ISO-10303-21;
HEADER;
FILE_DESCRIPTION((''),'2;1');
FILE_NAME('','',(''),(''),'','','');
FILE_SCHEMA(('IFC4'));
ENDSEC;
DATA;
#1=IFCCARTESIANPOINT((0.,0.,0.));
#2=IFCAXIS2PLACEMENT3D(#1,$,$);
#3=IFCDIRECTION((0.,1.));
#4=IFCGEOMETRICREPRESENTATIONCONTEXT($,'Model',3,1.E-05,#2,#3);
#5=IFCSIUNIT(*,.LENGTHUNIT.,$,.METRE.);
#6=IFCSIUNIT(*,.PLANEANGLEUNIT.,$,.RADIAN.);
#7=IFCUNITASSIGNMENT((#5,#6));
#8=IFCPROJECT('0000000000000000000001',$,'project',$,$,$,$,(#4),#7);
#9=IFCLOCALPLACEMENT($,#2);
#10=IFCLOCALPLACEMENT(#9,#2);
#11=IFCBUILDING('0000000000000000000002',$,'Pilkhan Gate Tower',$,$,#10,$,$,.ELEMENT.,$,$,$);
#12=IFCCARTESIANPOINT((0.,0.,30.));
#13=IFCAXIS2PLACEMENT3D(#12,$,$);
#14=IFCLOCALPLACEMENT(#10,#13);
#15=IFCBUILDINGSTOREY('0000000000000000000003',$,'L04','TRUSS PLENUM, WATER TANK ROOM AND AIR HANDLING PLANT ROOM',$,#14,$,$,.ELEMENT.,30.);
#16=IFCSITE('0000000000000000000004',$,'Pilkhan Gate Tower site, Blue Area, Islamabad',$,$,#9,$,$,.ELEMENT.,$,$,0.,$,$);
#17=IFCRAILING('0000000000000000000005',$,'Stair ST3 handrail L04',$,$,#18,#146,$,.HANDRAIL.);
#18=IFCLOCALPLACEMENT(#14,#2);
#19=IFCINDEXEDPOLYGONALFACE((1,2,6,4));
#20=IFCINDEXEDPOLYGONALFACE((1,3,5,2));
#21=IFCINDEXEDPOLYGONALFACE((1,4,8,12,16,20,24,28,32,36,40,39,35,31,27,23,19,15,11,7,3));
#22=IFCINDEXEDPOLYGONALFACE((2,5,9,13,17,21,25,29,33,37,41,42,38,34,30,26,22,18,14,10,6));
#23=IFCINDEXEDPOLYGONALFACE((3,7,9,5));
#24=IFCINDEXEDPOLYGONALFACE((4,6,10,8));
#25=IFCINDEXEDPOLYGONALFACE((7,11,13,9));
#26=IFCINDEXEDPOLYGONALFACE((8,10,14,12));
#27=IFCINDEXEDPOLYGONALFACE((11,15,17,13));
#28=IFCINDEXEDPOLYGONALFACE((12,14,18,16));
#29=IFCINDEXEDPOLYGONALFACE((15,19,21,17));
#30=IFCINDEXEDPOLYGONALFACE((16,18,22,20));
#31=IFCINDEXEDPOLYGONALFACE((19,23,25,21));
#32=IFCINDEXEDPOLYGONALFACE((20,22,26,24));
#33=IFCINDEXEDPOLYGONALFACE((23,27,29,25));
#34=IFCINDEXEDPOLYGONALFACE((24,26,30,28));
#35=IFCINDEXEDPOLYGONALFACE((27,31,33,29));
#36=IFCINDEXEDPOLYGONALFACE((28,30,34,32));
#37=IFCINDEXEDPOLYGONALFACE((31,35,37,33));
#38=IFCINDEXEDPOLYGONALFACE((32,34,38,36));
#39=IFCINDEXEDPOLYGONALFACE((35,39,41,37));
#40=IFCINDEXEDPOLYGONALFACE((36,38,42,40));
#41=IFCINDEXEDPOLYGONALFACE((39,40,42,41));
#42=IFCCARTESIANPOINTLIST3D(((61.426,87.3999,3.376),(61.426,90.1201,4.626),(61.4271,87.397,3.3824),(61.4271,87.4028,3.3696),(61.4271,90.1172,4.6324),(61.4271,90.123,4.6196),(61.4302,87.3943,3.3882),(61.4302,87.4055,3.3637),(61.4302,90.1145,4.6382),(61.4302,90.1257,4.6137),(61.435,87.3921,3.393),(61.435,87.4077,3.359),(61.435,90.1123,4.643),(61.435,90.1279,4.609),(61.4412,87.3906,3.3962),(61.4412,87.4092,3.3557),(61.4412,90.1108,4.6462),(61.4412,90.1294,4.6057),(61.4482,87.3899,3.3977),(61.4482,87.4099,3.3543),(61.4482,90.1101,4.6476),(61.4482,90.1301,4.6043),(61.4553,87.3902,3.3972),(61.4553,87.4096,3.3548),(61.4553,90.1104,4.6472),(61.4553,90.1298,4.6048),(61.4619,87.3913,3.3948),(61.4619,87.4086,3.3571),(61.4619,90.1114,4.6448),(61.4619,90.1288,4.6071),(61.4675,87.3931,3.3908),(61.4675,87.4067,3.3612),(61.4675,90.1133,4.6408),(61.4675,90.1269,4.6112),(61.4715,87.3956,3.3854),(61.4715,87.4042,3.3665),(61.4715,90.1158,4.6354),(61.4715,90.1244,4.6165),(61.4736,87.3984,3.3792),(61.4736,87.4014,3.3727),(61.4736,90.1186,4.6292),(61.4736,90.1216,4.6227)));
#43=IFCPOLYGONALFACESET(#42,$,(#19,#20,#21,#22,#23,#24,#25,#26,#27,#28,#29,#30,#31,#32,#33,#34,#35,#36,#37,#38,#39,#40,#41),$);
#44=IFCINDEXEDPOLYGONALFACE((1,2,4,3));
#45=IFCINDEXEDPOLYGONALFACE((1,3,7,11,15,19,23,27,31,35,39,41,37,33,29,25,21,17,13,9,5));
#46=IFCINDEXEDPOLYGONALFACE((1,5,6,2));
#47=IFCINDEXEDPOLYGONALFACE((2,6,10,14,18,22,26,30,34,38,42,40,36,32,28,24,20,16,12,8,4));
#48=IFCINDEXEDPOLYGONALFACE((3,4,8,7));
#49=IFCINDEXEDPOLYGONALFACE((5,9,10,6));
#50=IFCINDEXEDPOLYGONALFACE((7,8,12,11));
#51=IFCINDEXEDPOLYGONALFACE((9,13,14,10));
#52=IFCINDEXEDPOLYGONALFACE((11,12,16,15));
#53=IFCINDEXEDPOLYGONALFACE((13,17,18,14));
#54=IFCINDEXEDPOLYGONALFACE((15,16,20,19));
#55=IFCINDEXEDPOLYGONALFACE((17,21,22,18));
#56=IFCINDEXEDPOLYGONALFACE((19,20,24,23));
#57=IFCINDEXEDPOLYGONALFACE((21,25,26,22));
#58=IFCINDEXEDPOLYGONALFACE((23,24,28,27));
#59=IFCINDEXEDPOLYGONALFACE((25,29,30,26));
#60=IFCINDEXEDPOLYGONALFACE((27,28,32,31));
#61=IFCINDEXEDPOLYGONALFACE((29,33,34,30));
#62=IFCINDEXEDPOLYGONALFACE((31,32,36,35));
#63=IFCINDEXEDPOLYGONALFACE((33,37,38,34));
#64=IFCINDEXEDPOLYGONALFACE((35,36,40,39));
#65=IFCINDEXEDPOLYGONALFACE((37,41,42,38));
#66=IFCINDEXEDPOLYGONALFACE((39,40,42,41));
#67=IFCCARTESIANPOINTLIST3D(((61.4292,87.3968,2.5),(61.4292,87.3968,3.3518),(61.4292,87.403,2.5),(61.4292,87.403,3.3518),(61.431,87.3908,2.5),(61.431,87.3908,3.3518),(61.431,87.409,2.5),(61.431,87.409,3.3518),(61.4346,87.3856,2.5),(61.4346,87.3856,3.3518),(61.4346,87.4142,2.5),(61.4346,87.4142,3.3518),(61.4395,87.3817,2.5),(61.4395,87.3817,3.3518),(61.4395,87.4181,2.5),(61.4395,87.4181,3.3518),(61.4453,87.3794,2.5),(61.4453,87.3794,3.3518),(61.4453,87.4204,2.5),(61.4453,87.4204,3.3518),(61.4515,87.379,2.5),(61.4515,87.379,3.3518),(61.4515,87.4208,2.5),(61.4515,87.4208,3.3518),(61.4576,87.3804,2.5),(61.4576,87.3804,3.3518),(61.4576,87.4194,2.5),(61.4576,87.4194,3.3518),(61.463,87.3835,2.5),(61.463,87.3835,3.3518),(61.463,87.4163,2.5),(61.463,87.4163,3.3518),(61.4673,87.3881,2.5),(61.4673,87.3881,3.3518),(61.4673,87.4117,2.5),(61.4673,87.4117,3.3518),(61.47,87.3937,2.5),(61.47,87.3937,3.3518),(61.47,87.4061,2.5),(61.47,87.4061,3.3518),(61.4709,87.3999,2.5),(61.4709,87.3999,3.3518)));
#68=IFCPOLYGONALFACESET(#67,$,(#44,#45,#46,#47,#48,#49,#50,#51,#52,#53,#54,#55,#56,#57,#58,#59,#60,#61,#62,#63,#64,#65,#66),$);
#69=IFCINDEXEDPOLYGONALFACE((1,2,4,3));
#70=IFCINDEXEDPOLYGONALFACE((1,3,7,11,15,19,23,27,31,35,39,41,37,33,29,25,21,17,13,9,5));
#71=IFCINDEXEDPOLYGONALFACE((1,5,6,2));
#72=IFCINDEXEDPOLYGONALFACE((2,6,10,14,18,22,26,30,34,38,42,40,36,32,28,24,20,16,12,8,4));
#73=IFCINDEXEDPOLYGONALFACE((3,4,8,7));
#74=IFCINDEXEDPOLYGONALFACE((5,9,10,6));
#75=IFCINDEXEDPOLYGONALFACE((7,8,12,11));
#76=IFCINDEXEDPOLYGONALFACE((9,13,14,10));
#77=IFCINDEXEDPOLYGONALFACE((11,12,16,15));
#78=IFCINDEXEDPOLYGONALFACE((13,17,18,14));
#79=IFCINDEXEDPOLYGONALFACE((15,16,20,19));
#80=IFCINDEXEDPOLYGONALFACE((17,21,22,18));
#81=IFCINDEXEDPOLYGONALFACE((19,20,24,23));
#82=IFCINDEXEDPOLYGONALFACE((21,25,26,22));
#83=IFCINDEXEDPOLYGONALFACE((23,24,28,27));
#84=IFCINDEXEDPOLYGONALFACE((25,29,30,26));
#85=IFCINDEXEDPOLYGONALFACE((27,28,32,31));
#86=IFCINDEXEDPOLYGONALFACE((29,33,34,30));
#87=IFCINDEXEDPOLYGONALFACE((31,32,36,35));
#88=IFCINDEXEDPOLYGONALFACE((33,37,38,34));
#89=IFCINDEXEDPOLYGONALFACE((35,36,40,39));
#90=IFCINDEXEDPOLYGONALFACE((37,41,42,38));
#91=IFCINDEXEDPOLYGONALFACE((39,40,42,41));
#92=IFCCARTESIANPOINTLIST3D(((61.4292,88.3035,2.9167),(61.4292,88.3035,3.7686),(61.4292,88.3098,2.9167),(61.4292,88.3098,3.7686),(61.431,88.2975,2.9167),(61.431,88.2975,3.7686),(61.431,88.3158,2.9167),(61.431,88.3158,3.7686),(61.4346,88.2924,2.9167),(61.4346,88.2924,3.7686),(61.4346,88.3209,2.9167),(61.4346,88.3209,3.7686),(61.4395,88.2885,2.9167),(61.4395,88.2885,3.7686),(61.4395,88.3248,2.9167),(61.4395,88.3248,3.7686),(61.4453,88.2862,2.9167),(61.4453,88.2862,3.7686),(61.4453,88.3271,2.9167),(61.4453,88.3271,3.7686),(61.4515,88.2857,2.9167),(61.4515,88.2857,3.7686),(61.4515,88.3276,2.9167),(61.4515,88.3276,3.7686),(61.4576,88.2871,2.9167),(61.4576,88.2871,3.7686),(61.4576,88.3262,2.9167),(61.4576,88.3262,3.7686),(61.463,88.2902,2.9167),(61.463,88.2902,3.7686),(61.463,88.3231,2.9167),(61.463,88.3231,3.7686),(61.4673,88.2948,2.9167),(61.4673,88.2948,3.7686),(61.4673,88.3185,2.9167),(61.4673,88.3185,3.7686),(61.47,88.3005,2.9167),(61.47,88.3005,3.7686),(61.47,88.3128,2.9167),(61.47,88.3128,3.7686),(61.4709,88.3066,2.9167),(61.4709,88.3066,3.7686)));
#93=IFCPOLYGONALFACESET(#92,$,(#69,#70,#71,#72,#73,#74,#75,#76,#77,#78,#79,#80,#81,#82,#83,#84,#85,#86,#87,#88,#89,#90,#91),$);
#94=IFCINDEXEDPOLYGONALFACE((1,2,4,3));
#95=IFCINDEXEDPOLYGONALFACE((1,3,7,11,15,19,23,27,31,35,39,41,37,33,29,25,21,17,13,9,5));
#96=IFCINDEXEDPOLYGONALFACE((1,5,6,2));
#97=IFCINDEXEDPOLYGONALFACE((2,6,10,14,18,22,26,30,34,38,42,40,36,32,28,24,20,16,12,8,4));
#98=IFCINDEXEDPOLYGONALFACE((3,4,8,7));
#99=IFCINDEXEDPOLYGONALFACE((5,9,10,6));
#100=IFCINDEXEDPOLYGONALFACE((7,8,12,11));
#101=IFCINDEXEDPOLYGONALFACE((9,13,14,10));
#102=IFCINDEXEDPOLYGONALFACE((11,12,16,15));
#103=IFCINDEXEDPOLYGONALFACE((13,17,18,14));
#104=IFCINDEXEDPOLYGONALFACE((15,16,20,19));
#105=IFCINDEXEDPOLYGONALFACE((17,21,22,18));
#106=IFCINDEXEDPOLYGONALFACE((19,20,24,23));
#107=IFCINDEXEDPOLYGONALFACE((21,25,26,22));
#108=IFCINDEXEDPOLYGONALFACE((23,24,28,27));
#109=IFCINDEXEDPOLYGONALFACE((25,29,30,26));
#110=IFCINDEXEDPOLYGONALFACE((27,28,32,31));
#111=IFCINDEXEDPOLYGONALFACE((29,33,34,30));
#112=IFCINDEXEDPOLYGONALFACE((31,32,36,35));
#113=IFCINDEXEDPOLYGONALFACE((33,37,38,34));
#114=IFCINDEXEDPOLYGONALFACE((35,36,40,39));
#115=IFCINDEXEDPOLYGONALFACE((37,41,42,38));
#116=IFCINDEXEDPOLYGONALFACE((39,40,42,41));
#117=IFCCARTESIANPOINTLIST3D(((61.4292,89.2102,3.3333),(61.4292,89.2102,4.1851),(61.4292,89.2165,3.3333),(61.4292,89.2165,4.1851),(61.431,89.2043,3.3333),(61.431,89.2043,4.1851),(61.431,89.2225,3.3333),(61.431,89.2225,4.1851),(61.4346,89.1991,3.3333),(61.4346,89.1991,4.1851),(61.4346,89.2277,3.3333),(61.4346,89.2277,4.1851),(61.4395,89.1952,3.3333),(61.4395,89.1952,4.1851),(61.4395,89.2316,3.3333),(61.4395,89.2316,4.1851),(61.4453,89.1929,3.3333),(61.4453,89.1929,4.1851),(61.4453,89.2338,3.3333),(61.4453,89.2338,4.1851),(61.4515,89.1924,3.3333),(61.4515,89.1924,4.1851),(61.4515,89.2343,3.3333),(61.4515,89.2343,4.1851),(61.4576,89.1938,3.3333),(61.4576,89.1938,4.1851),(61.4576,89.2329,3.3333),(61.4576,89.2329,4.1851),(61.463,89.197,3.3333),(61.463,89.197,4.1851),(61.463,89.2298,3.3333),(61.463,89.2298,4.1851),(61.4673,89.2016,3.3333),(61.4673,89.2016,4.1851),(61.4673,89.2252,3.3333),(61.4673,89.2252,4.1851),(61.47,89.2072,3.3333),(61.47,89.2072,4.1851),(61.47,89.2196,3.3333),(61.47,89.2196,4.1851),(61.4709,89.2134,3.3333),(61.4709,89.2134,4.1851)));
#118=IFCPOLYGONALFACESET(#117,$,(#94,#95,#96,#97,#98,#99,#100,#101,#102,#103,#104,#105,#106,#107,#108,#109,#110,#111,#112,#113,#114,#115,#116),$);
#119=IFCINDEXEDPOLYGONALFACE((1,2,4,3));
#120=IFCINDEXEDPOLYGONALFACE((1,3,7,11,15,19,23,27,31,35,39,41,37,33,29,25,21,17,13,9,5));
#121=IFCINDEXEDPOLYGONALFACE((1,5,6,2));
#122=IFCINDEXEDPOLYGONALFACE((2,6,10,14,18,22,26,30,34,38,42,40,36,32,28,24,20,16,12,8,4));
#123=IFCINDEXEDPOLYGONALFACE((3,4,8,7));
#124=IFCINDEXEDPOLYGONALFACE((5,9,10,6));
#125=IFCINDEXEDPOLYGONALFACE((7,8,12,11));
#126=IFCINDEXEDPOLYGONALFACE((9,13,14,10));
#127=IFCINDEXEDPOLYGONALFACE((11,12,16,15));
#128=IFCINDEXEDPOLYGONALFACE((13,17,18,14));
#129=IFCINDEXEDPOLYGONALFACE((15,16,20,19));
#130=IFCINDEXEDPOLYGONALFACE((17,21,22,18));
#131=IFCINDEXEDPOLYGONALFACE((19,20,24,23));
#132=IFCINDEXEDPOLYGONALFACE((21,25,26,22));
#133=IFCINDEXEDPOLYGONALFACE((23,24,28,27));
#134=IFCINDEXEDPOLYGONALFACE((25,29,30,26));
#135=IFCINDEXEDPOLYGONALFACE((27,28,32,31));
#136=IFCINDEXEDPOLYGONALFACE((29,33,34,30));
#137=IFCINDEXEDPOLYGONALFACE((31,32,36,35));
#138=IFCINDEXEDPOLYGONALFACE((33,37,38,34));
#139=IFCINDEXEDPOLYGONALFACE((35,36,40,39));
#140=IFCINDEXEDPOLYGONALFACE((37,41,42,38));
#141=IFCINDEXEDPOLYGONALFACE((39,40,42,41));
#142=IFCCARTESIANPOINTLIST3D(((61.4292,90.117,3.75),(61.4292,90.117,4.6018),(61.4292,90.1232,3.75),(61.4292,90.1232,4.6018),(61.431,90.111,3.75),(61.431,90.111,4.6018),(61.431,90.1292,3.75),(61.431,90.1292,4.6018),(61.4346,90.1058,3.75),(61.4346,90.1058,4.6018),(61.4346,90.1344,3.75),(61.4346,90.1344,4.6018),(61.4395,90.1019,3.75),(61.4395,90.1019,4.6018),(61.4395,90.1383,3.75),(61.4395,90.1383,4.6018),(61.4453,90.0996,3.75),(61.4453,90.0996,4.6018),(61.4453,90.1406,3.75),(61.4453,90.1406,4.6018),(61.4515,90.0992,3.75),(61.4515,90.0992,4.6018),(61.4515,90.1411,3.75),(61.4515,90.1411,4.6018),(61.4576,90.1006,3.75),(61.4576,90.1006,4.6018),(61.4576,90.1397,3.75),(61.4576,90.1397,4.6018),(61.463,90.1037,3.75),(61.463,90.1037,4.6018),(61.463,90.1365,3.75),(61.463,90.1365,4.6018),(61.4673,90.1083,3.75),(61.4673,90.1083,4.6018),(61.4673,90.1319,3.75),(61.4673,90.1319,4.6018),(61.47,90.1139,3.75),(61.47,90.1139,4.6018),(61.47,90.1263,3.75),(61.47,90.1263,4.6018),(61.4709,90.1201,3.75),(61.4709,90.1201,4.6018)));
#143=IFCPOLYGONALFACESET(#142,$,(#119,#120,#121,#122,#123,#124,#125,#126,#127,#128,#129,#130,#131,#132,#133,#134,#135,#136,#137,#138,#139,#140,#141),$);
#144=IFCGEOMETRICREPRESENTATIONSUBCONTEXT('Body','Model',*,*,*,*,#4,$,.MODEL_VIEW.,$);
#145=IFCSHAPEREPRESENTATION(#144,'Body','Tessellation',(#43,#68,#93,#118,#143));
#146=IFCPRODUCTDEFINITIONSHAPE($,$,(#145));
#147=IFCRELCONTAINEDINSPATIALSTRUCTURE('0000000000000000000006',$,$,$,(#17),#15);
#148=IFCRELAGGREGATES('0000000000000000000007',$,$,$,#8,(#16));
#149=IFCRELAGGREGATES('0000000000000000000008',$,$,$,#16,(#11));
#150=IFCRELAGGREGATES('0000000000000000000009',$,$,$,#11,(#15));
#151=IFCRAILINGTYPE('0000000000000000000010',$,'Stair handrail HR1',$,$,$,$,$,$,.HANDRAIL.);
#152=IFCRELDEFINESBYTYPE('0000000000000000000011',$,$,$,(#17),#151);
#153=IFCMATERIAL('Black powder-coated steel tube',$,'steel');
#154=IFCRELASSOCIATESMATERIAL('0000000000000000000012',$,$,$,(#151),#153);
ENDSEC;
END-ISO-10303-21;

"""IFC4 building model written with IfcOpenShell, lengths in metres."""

from ifc_helpers import new_model, si_unit, direction, frame, origin, origin_2d, place, context, subcontext, project, spatial, circle, extrude, material, type_object, element, save


model = new_model("IFC4")

# Units and contexts
model_context = context("Model", 3, precision=1e-05, world=origin(), true_north=direction((0.0, 1.0)))
body_context = subcontext(model_context, "Body", "Model", "MODEL_VIEW")
ifc_project = project(units=[si_unit("LENGTHUNIT", "METRE"), si_unit("PLANEANGLEUNIT", "RADIAN")], contexts=[model_context])

# Site, building, storey
site_placement = place(None, origin())
site = spatial("IfcSite", under=ifc_project, at=site_placement, Name="Pilkhan Gate Tower site, Blue Area, Islamabad", CompositionType="ELEMENT", RefElevation=0.0)
building_placement = place(site_placement, origin())
building = spatial("IfcBuilding", under=site, at=building_placement, Name="Pilkhan Gate Tower", CompositionType="ELEMENT")
storey_placement = place(building_placement, frame((0.0, 0.0, 30.0)))
storey = spatial("IfcBuildingStorey", under=building, at=storey_placement, Name="L04", Description="TRUSS PLENUM, WATER TANK ROOM AND AIR HANDLING PLANT ROOM", CompositionType="ELEMENT", Elevation=30.0)

# Railing
ifc_material_1 = material(Name="Black powder-coated steel tube", Category="steel")
railing_type_1 = type_object("IfcRailingType", Name="Stair handrail HR1", PredefinedType="HANDRAIL", material=ifc_material_1)
railing_1_placement = place(storey_placement, frame((61.45, 87.3999, 2.5)))
element("IfcRailing", 1, at=railing_1_placement, inside=storey, type_object=railing_type_1, Name="Stair ST3 handrail L04", PredefinedType="HANDRAIL", context=body_context, shape_type="SweptSolid", body=[
    extrude(circle(Radius=0.0239, at=origin_2d()), frame((0.0, 0.0, 0.876), z_axis=(0.0, 0.908655, 0.417547), x_axis=(-1.0, 0.0, 0.0)), (0.0, 0.0, 1.0), 2.9937),
    extrude(circle(Radius=0.021, at=origin_2d()), origin(), (0.0, 0.0, 1.0), 0.8518),
    extrude(circle(Radius=0.021, at=origin_2d()), frame((0.0, 0.9067, 0.4167)), (0.0, 0.0, 1.0), 0.8518),
    extrude(circle(Radius=0.021, at=origin_2d()), frame((0.0, 1.8135, 0.8333)), (0.0, 0.0, 1.0), 0.8518),
    extrude(circle(Radius=0.021, at=origin_2d()), frame((0.0, 2.7202, 1.25)), (0.0, 0.0, 1.0), 0.8518),
])

save(model, "model.ifc")
